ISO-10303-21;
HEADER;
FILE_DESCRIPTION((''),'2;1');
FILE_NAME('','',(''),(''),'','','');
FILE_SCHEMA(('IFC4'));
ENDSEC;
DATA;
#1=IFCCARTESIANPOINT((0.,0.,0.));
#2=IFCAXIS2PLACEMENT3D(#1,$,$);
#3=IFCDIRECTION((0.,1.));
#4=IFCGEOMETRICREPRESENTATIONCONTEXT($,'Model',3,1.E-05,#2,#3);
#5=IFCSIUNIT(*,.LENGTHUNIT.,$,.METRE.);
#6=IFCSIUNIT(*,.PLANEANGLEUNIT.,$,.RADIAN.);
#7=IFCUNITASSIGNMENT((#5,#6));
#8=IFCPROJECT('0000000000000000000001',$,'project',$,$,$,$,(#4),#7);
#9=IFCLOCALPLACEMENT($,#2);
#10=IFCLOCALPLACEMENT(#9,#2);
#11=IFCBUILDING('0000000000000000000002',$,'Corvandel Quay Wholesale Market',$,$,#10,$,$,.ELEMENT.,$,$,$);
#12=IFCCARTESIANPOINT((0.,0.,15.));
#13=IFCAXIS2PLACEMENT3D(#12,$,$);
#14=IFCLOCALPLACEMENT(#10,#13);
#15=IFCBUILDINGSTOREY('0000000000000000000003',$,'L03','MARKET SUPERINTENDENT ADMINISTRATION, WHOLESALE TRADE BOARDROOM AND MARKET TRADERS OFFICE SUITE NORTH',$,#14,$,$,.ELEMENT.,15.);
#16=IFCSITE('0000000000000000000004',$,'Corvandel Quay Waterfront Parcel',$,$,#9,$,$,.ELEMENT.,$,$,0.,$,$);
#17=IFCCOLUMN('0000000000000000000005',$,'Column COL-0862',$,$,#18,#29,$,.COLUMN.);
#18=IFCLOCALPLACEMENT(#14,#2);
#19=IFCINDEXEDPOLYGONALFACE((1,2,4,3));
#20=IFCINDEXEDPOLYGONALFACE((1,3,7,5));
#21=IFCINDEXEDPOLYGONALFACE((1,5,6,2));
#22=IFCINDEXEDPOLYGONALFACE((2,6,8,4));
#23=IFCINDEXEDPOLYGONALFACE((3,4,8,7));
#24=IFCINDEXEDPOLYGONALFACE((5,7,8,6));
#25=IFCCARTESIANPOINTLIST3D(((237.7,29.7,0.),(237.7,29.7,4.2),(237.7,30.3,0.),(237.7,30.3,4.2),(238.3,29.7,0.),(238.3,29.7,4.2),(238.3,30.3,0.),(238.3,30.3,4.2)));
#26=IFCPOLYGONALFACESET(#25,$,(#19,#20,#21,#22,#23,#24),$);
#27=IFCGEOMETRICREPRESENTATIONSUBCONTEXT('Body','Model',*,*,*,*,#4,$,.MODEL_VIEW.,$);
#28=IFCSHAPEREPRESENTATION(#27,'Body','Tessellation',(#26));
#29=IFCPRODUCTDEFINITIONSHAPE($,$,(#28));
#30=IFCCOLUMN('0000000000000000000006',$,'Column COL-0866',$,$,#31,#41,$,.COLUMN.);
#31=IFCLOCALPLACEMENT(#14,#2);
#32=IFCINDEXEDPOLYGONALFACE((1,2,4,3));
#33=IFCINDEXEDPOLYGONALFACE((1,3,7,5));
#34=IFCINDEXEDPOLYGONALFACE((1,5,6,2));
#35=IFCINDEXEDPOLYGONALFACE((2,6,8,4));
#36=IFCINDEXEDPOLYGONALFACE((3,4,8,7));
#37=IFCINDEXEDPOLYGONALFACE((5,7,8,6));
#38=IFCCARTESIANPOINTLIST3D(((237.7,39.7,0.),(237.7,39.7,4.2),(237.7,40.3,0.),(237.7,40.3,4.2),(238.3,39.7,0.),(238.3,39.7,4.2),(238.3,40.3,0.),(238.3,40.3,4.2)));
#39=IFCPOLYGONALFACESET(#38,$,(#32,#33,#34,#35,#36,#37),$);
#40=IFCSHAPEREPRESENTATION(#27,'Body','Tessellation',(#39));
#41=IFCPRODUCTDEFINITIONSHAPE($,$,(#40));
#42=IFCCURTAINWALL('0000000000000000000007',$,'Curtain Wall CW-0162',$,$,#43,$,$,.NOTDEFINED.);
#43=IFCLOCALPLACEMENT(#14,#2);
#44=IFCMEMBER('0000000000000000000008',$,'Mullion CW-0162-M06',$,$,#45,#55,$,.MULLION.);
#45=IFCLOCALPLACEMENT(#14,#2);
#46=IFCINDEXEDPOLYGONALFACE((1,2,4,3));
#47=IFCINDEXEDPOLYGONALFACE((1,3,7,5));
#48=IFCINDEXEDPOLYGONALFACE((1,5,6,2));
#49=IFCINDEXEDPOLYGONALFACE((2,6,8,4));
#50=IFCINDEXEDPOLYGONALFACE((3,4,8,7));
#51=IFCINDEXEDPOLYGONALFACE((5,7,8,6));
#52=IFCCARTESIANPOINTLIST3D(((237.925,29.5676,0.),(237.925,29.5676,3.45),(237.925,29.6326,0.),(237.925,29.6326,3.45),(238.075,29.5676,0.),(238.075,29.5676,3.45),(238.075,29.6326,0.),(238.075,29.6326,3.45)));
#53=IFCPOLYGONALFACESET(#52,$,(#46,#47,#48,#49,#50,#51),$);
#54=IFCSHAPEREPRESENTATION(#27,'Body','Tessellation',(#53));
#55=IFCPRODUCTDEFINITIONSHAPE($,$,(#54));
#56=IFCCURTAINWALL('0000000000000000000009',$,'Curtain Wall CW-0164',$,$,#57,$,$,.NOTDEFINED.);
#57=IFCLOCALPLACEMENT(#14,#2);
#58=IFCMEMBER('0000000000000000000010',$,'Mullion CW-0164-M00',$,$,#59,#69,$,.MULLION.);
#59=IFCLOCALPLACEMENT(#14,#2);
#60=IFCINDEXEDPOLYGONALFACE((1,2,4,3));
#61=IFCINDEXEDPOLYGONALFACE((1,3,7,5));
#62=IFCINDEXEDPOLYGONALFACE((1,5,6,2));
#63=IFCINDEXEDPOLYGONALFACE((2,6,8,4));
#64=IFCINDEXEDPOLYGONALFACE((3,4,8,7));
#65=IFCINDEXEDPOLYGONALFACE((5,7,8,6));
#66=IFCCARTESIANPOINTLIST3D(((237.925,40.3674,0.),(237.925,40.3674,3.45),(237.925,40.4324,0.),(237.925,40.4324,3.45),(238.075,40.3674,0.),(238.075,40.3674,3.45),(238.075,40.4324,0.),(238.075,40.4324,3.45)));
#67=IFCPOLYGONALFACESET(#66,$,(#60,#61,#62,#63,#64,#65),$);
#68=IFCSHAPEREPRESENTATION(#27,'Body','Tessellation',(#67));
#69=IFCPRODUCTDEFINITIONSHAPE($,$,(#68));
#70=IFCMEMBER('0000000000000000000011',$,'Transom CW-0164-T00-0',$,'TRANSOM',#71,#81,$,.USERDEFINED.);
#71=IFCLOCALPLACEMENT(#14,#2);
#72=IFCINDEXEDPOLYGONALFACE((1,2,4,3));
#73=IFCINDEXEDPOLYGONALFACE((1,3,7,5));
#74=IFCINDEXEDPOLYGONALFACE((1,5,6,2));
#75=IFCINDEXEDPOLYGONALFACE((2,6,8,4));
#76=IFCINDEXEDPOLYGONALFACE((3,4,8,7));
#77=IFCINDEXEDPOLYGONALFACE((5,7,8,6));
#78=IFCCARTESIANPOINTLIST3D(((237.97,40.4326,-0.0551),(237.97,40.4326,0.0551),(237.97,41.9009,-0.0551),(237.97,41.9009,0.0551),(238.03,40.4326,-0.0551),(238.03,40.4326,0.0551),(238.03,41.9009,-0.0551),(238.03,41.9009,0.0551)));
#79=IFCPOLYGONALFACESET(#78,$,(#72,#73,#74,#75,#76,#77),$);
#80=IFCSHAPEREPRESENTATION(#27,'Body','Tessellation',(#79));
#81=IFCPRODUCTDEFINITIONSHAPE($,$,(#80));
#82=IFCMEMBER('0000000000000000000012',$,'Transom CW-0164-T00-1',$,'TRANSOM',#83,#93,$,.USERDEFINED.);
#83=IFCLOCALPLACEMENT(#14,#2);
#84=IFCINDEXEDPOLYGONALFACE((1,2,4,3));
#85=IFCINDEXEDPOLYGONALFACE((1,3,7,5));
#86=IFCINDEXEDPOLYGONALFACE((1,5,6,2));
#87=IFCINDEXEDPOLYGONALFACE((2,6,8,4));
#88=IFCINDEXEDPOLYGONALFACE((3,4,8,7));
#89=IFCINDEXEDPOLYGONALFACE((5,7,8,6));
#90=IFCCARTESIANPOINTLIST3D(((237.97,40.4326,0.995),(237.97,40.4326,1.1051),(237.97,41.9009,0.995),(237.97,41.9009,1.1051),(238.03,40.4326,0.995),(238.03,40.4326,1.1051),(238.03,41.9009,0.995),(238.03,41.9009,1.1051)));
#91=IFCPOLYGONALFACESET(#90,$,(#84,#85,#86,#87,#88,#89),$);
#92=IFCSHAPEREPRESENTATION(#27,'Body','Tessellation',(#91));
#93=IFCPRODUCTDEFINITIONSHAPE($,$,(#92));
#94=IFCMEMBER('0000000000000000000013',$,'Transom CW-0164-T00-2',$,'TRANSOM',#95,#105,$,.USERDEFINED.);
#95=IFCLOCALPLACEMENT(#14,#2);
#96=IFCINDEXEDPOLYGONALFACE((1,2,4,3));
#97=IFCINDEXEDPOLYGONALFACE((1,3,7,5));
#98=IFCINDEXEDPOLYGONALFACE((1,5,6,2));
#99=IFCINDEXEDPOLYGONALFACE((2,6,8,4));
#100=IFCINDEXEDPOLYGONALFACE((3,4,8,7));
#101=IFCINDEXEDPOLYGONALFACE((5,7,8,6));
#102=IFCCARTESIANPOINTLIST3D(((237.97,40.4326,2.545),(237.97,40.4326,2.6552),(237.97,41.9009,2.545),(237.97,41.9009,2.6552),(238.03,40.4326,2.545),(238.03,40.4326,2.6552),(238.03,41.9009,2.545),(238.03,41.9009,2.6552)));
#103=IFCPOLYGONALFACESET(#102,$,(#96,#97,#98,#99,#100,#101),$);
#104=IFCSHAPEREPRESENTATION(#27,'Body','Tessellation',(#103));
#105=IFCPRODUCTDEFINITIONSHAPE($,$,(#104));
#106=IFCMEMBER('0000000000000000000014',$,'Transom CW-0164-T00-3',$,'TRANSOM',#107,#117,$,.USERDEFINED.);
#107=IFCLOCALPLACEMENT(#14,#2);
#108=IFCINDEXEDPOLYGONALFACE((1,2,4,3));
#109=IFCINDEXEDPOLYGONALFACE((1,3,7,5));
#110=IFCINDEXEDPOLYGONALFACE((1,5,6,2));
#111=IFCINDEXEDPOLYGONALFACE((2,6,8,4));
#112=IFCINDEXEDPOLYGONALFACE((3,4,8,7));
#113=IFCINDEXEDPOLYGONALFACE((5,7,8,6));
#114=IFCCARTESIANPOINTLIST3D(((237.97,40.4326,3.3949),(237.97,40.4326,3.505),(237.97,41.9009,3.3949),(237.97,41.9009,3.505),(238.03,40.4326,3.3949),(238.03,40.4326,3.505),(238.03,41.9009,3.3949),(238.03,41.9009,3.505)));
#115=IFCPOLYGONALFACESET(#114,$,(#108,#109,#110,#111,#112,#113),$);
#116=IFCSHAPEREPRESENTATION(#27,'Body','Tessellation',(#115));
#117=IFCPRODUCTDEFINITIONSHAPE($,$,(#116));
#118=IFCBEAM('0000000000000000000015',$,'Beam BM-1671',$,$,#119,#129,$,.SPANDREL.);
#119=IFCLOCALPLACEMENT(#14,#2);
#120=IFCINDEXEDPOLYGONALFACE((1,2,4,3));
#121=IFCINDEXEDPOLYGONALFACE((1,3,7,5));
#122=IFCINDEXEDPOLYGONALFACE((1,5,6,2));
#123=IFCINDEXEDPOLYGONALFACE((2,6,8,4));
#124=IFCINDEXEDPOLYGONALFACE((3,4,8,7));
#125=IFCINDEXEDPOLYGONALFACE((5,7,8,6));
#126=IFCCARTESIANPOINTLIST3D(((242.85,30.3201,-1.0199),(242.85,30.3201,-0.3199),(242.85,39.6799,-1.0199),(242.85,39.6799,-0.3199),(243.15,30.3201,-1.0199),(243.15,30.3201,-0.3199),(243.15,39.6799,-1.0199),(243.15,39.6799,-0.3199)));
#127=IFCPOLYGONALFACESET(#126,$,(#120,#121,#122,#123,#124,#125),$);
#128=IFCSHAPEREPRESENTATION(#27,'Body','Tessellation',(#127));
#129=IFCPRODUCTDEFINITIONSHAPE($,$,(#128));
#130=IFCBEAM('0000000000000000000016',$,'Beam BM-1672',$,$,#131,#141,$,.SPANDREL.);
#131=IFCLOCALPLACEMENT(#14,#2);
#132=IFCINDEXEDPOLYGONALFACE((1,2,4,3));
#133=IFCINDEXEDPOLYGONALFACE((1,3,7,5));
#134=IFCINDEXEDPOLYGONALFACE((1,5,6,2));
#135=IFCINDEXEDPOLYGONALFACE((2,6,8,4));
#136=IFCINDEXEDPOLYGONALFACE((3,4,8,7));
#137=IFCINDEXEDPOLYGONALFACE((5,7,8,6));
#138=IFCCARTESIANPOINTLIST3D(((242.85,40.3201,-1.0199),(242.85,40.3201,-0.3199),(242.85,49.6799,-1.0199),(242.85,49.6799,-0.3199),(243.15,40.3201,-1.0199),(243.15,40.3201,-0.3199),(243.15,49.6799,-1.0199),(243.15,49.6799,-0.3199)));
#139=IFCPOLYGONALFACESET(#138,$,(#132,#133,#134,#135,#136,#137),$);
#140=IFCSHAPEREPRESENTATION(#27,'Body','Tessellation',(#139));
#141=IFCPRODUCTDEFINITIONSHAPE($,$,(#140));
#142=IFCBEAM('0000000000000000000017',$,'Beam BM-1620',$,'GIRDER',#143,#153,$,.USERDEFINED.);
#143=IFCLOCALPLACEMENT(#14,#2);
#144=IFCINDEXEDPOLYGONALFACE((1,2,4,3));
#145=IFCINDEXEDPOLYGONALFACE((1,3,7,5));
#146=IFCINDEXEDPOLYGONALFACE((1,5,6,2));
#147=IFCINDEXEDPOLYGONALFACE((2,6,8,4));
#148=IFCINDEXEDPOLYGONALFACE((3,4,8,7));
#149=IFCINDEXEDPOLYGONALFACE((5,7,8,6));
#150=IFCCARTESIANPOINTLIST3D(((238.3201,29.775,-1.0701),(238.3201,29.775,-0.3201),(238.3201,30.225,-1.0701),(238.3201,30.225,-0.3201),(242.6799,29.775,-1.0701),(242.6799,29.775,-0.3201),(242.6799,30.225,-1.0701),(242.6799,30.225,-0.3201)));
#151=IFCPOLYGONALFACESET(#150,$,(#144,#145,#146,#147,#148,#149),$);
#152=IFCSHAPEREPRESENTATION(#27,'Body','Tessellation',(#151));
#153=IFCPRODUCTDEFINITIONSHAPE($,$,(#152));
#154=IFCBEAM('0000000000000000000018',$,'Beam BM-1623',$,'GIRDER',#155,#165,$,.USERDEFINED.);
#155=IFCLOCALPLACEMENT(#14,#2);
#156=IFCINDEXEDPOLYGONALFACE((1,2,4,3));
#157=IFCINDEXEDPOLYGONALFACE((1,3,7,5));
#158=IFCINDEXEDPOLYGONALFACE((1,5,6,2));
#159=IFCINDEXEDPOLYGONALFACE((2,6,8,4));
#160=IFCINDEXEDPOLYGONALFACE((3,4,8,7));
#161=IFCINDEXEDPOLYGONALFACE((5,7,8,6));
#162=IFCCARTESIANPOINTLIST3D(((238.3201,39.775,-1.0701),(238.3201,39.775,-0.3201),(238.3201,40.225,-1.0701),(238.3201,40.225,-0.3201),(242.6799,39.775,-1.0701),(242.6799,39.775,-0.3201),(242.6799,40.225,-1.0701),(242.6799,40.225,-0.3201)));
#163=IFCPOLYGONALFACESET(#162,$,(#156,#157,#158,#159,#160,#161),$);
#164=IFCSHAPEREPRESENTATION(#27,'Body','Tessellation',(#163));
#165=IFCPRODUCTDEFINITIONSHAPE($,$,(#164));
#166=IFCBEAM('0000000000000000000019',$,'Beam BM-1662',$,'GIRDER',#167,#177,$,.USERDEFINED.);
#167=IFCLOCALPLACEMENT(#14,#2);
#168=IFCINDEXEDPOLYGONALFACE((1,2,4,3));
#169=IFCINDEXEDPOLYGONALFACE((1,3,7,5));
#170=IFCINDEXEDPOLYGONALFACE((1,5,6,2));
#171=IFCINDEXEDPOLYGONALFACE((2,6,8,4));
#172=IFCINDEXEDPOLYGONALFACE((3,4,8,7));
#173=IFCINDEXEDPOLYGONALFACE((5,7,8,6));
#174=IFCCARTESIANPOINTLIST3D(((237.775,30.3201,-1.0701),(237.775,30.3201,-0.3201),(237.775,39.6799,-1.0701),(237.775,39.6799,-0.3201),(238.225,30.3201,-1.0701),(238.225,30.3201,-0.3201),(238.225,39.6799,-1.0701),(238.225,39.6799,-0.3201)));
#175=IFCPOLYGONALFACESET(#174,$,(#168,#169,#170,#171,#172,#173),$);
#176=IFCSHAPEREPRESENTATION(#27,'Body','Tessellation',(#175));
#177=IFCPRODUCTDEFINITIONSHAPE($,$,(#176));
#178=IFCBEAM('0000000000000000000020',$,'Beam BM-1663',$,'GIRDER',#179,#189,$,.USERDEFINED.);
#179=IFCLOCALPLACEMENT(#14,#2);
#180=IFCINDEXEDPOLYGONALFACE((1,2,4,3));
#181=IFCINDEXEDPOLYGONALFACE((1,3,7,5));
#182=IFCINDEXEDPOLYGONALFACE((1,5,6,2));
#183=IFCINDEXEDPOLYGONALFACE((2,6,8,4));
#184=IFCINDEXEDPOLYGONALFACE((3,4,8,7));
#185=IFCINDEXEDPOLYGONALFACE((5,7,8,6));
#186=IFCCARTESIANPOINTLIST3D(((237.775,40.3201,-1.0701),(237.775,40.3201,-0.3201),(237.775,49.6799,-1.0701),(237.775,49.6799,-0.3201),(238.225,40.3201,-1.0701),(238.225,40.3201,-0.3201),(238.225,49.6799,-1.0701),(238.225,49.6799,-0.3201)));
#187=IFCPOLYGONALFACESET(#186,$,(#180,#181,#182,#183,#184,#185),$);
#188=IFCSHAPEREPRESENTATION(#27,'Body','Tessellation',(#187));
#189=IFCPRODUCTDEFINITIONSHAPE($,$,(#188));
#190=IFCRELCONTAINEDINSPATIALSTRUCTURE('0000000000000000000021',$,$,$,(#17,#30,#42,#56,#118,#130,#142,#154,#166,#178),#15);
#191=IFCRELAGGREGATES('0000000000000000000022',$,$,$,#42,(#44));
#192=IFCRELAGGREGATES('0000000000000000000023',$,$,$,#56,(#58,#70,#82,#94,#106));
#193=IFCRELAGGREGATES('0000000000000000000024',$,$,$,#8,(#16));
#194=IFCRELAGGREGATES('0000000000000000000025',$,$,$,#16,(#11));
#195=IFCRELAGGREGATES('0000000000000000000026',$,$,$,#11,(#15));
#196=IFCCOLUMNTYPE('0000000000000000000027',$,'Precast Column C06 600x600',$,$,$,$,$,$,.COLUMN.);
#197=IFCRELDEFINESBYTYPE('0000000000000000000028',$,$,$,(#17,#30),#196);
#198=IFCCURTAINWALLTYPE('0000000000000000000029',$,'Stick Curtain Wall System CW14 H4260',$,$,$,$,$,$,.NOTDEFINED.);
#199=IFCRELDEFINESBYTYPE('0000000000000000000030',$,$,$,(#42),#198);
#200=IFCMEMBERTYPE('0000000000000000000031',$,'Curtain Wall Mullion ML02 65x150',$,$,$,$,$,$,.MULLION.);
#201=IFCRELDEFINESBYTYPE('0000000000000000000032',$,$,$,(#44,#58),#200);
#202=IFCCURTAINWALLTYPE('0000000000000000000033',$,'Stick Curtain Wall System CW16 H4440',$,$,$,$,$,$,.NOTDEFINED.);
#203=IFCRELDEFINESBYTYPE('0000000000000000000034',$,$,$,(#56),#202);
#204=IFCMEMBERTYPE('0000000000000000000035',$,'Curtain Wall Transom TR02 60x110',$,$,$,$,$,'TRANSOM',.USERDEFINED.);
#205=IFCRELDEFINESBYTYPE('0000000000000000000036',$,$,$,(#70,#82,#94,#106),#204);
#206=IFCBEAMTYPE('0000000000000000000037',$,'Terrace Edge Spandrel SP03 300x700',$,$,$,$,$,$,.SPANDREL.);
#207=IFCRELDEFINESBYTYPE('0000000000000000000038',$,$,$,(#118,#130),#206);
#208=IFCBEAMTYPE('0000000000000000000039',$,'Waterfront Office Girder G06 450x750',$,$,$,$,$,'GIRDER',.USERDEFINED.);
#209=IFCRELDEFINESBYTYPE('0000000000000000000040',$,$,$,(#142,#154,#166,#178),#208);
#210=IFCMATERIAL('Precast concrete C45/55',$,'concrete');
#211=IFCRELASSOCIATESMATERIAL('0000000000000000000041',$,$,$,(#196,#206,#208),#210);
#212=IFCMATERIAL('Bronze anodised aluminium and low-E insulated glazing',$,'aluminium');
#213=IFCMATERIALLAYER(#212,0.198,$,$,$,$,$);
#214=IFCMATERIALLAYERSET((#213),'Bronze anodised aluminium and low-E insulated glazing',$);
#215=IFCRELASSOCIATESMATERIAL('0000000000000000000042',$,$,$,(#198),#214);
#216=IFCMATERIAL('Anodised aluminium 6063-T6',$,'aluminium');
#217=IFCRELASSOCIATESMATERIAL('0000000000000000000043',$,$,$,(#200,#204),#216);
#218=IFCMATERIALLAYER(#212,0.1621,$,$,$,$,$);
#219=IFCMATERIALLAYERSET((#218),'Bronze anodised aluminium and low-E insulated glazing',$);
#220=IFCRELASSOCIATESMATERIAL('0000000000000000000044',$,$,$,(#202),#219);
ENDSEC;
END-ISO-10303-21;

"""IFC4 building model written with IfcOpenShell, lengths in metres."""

from ifc_helpers import new_model, si_unit, direction, frame, origin, origin_2d, place, context, subcontext, project, spatial, rectangle, extrude, material, layer, layer_set, material_profile, profile_set, type_object, element, aggregate, save


model = new_model("IFC4")

# Units and contexts
model_context = context("Model", 3, precision=1e-05, world=origin(), true_north=direction((0.0, 1.0)))
body_context = subcontext(model_context, "Body", "Model", "MODEL_VIEW")
ifc_project = project(units=[si_unit("LENGTHUNIT", "METRE"), si_unit("PLANEANGLEUNIT", "RADIAN")], contexts=[model_context])

# Site, building, storey
site_placement = place(None, origin())
site = spatial("IfcSite", under=ifc_project, at=site_placement, Name="Corvandel Quay Waterfront Parcel", CompositionType="ELEMENT", RefElevation=0.0)
building_placement = place(site_placement, origin())
building = spatial("IfcBuilding", under=site, at=building_placement, Name="Corvandel Quay Wholesale Market", CompositionType="ELEMENT")
storey_placement = place(building_placement, frame((0.0, 0.0, 15.0)))
storey = spatial("IfcBuildingStorey", under=building, at=storey_placement, Name="L03", Description="MARKET SUPERINTENDENT ADMINISTRATION, WHOLESALE TRADE BOARDROOM AND MARKET TRADERS OFFICE SUITE NORTH", CompositionType="ELEMENT", Elevation=15.0)

# Columns
ifc_material_1 = material(Name="Precast concrete C45/55", Category="concrete")
ifc_material_profile_1 = material_profile(ifc_material_1, rectangle(XDim=0.6001, YDim=0.6001, at=origin_2d()), Name="PC-COL-600x600")
ifc_profile_set_1 = profile_set([ifc_material_profile_1], Name="Precast concrete C45/55")
column_type = type_object("IfcColumnType", Name="Precast Column C06 600x600", PredefinedType="COLUMN", material=ifc_profile_set_1)
for number, where, z_axis, x_axis, name in (
    (1, (238.0, 30.0, 0.0), (0.0, 0.0, 1.0), (1.0, 0.0, 0.0), "Column COL-0862"),
    (2, (238.0, 40.0, 0.0), (0.0, 0.0, 1.0), (1.0, 0.0, 0.0), "Column COL-0866"),
):
    element("IfcColumn", number, at=place(storey_placement, frame(where, z_axis=z_axis, x_axis=x_axis)), inside=storey, type_object=column_type, Name=name, PredefinedType="COLUMN", context=body_context, shape_type="SweptSolid", body=[
        extrude(rectangle(XDim=0.6001, YDim=0.6001, at=origin_2d()), origin(), (0.0, 0.0, 1.0), 4.2),
    ])

# Curtain wall, member
ifc_material_2 = material(Name="Bronze anodised aluminium and low-E insulated glazing", Category="aluminium")
ifc_layer_1 = layer(ifc_material_2, 0.198)
ifc_layer_set_1 = layer_set([ifc_layer_1], Name="Bronze anodised aluminium and low-E insulated glazing")
curtain_wall_type_1 = type_object("IfcCurtainWallType", Name="Stick Curtain Wall System CW14 H4260", PredefinedType="NOTDEFINED", material=ifc_layer_set_1)
curtain_wall_1_placement = place(storey_placement, origin())
curtain_wall_1 = element("IfcCurtainWall", 3, at=curtain_wall_1_placement, inside=storey, type_object=curtain_wall_type_1, Name="Curtain Wall CW-0162", PredefinedType="NOTDEFINED")
ifc_material_3 = material(Name="Anodised aluminium 6063-T6", Category="aluminium")
ifc_material_profile_2 = material_profile(ifc_material_3, rectangle(XDim=0.0649, YDim=0.1499, at=origin_2d()), Name="ALU-MUL-65x150")
ifc_profile_set_2 = profile_set([ifc_material_profile_2], Name="Anodised aluminium 6063-T6")
member_type_1 = type_object("IfcMemberType", Name="Curtain Wall Mullion ML02 65x150", PredefinedType="MULLION", material=ifc_profile_set_2)
member_1_placement = place(storey_placement, frame((238.0, 29.6001, 0.0), z_axis=(0.0, 0.0, 1.0), x_axis=(0.0, 1.0, 0.0)))
member_1 = element("IfcMember", 4, at=member_1_placement, type_object=member_type_1, Name="Mullion CW-0162-M06", PredefinedType="MULLION", context=body_context, shape_type="SweptSolid", body=[
    extrude(rectangle(XDim=0.0649, YDim=0.1499, at=origin_2d()), origin(), (0.0, 0.0, 1.0), 3.45),
])

# Curtain wall, members
ifc_layer_2 = layer(ifc_material_2, 0.1621)
ifc_layer_set_2 = layer_set([ifc_layer_2], Name="Bronze anodised aluminium and low-E insulated glazing")
curtain_wall_type_2 = type_object("IfcCurtainWallType", Name="Stick Curtain Wall System CW16 H4440", PredefinedType="NOTDEFINED", material=ifc_layer_set_2)
curtain_wall_2_placement = place(storey_placement, origin())
curtain_wall_2 = element("IfcCurtainWall", 5, at=curtain_wall_2_placement, inside=storey, type_object=curtain_wall_type_2, Name="Curtain Wall CW-0164", PredefinedType="NOTDEFINED")
member_2_placement = place(storey_placement, frame((238.0, 40.3999, 0.0), z_axis=(0.0, 0.0, 1.0), x_axis=(0.0, 1.0, 0.0)))
member_2 = element("IfcMember", 6, at=member_2_placement, type_object=member_type_1, Name="Mullion CW-0164-M00", PredefinedType="MULLION", context=body_context, shape_type="SweptSolid", body=[
    extrude(rectangle(XDim=0.0649, YDim=0.1499, at=origin_2d()), origin(), (0.0, 0.0, 1.0), 3.45),
])
ifc_material_profile_3 = material_profile(ifc_material_3, rectangle(XDim=0.0601, YDim=0.1101, at=origin_2d()), Name="ALU-TRN-60x110")
ifc_profile_set_3 = profile_set([ifc_material_profile_3], Name="Anodised aluminium 6063-T6")
member_type_2 = type_object("IfcMemberType", Name="Curtain Wall Transom TR02 60x110", ElementType="TRANSOM", PredefinedType="USERDEFINED", material=ifc_profile_set_3)
member_3_placement = place(storey_placement, frame((238.0, 40.4326, 0.0), z_axis=(0.0, 1.0, 0.0), x_axis=(-1.0, 0.0, 0.0)))
member_3 = element("IfcMember", 7, at=member_3_placement, type_object=member_type_2, Name="Transom CW-0164-T00-0", ObjectType="TRANSOM", PredefinedType="USERDEFINED", context=body_context, shape_type="SweptSolid", body=[
    extrude(rectangle(XDim=0.0601, YDim=0.1101, at=origin_2d()), origin(), (0.0, 0.0, 1.0), 1.4683),
])
member_4_placement = place(storey_placement, frame((238.0, 40.4326, 1.05), z_axis=(0.0, 1.0, 0.0), x_axis=(-1.0, 0.0, 0.0)))
member_4 = element("IfcMember", 8, at=member_4_placement, type_object=member_type_2, Name="Transom CW-0164-T00-1", ObjectType="TRANSOM", PredefinedType="USERDEFINED", context=body_context, shape_type="SweptSolid", body=[
    extrude(rectangle(XDim=0.0601, YDim=0.1101, at=origin_2d()), origin(), (0.0, 0.0, 1.0), 1.4683),
])
member_5_placement = place(storey_placement, frame((238.0, 40.4326, 2.6001), z_axis=(0.0, 1.0, 0.0), x_axis=(-1.0, 0.0, 0.0)))
member_5 = element("IfcMember", 9, at=member_5_placement, type_object=member_type_2, Name="Transom CW-0164-T00-2", ObjectType="TRANSOM", PredefinedType="USERDEFINED", context=body_context, shape_type="SweptSolid", body=[
    extrude(rectangle(XDim=0.0601, YDim=0.1101, at=origin_2d()), origin(), (0.0, 0.0, 1.0), 1.4683),
])
member_6_placement = place(storey_placement, frame((238.0, 40.4326, 3.45), z_axis=(0.0, 1.0, 0.0), x_axis=(-1.0, 0.0, 0.0)))
member_6 = element("IfcMember", 10, at=member_6_placement, type_object=member_type_2, Name="Transom CW-0164-T00-3", ObjectType="TRANSOM", PredefinedType="USERDEFINED", context=body_context, shape_type="SweptSolid", body=[
    extrude(rectangle(XDim=0.0601, YDim=0.1101, at=origin_2d()), origin(), (0.0, 0.0, 1.0), 1.4683),
])

# Beams
ifc_material_profile_4 = material_profile(ifc_material_1, rectangle(XDim=0.3, YDim=0.7, at=origin_2d()), Name="PC-SPN-300x700")
ifc_profile_set_4 = profile_set([ifc_material_profile_4], Name="Precast concrete C45/55")
beam_type_1 = type_object("IfcBeamType", Name="Terrace Edge Spandrel SP03 300x700", PredefinedType="SPANDREL", material=ifc_profile_set_4)
for number, where, z_axis, x_axis, name in (
    (11, (243.0, 30.3201, -0.6699), (0.0, 1.0, 0.0), (-1.0, 0.0, 0.0), "Beam BM-1671"),
    (12, (243.0, 40.3201, -0.6699), (0.0, 1.0, 0.0), (-1.0, 0.0, 0.0), "Beam BM-1672"),
):
    element("IfcBeam", number, at=place(storey_placement, frame(where, z_axis=z_axis, x_axis=x_axis)), inside=storey, type_object=beam_type_1, Name=name, PredefinedType="SPANDREL", context=body_context, shape_type="SweptSolid", body=[
        extrude(rectangle(XDim=0.3, YDim=0.7, at=origin_2d()), origin(), (0.0, 0.0, 1.0), 9.3599),
    ])
ifc_material_profile_5 = material_profile(ifc_material_1, rectangle(XDim=0.45, YDim=0.75, at=origin_2d()), Name="PC-GIR-450x750")
ifc_profile_set_5 = profile_set([ifc_material_profile_5], Name="Precast concrete C45/55")
beam_type_2 = type_object("IfcBeamType", Name="Waterfront Office Girder G06 450x750", ElementType="GIRDER", PredefinedType="USERDEFINED", material=ifc_profile_set_5)
for number, where, z_axis, x_axis, name in (
    (13, (238.3201, 30.0, -0.6951), (1.0, 0.0, 0.0), (0.0, 1.0, 0.0), "Beam BM-1620"),
    (14, (238.3201, 40.0, -0.6951), (1.0, 0.0, 0.0), (0.0, 1.0, 0.0), "Beam BM-1623"),
):
    element("IfcBeam", number, at=place(storey_placement, frame(where, z_axis=z_axis, x_axis=x_axis)), inside=storey, type_object=beam_type_2, Name=name, ObjectType="GIRDER", PredefinedType="USERDEFINED", context=body_context, shape_type="SweptSolid", body=[
        extrude(rectangle(XDim=0.45, YDim=0.75, at=origin_2d()), origin(), (0.0, 0.0, 1.0), 4.3599),
    ])
for number, where, z_axis, x_axis, name in (
    (15, (238.0, 30.3201, -0.6951), (0.0, 1.0, 0.0), (-1.0, 0.0, 0.0), "Beam BM-1662"),
    (16, (238.0, 40.3201, -0.6951), (0.0, 1.0, 0.0), (-1.0, 0.0, 0.0), "Beam BM-1663"),
):
    element("IfcBeam", number, at=place(storey_placement, frame(where, z_axis=z_axis, x_axis=x_axis)), inside=storey, type_object=beam_type_2, Name=name, ObjectType="GIRDER", PredefinedType="USERDEFINED", context=body_context, shape_type="SweptSolid", body=[
        extrude(rectangle(XDim=0.45, YDim=0.75, at=origin_2d()), origin(), (0.0, 0.0, 1.0), 9.3599),
    ])

aggregate(curtain_wall_1, [member_1])
aggregate(curtain_wall_2, [member_2, member_3, member_4, member_5, member_6])

save(model, "model.ifc")
